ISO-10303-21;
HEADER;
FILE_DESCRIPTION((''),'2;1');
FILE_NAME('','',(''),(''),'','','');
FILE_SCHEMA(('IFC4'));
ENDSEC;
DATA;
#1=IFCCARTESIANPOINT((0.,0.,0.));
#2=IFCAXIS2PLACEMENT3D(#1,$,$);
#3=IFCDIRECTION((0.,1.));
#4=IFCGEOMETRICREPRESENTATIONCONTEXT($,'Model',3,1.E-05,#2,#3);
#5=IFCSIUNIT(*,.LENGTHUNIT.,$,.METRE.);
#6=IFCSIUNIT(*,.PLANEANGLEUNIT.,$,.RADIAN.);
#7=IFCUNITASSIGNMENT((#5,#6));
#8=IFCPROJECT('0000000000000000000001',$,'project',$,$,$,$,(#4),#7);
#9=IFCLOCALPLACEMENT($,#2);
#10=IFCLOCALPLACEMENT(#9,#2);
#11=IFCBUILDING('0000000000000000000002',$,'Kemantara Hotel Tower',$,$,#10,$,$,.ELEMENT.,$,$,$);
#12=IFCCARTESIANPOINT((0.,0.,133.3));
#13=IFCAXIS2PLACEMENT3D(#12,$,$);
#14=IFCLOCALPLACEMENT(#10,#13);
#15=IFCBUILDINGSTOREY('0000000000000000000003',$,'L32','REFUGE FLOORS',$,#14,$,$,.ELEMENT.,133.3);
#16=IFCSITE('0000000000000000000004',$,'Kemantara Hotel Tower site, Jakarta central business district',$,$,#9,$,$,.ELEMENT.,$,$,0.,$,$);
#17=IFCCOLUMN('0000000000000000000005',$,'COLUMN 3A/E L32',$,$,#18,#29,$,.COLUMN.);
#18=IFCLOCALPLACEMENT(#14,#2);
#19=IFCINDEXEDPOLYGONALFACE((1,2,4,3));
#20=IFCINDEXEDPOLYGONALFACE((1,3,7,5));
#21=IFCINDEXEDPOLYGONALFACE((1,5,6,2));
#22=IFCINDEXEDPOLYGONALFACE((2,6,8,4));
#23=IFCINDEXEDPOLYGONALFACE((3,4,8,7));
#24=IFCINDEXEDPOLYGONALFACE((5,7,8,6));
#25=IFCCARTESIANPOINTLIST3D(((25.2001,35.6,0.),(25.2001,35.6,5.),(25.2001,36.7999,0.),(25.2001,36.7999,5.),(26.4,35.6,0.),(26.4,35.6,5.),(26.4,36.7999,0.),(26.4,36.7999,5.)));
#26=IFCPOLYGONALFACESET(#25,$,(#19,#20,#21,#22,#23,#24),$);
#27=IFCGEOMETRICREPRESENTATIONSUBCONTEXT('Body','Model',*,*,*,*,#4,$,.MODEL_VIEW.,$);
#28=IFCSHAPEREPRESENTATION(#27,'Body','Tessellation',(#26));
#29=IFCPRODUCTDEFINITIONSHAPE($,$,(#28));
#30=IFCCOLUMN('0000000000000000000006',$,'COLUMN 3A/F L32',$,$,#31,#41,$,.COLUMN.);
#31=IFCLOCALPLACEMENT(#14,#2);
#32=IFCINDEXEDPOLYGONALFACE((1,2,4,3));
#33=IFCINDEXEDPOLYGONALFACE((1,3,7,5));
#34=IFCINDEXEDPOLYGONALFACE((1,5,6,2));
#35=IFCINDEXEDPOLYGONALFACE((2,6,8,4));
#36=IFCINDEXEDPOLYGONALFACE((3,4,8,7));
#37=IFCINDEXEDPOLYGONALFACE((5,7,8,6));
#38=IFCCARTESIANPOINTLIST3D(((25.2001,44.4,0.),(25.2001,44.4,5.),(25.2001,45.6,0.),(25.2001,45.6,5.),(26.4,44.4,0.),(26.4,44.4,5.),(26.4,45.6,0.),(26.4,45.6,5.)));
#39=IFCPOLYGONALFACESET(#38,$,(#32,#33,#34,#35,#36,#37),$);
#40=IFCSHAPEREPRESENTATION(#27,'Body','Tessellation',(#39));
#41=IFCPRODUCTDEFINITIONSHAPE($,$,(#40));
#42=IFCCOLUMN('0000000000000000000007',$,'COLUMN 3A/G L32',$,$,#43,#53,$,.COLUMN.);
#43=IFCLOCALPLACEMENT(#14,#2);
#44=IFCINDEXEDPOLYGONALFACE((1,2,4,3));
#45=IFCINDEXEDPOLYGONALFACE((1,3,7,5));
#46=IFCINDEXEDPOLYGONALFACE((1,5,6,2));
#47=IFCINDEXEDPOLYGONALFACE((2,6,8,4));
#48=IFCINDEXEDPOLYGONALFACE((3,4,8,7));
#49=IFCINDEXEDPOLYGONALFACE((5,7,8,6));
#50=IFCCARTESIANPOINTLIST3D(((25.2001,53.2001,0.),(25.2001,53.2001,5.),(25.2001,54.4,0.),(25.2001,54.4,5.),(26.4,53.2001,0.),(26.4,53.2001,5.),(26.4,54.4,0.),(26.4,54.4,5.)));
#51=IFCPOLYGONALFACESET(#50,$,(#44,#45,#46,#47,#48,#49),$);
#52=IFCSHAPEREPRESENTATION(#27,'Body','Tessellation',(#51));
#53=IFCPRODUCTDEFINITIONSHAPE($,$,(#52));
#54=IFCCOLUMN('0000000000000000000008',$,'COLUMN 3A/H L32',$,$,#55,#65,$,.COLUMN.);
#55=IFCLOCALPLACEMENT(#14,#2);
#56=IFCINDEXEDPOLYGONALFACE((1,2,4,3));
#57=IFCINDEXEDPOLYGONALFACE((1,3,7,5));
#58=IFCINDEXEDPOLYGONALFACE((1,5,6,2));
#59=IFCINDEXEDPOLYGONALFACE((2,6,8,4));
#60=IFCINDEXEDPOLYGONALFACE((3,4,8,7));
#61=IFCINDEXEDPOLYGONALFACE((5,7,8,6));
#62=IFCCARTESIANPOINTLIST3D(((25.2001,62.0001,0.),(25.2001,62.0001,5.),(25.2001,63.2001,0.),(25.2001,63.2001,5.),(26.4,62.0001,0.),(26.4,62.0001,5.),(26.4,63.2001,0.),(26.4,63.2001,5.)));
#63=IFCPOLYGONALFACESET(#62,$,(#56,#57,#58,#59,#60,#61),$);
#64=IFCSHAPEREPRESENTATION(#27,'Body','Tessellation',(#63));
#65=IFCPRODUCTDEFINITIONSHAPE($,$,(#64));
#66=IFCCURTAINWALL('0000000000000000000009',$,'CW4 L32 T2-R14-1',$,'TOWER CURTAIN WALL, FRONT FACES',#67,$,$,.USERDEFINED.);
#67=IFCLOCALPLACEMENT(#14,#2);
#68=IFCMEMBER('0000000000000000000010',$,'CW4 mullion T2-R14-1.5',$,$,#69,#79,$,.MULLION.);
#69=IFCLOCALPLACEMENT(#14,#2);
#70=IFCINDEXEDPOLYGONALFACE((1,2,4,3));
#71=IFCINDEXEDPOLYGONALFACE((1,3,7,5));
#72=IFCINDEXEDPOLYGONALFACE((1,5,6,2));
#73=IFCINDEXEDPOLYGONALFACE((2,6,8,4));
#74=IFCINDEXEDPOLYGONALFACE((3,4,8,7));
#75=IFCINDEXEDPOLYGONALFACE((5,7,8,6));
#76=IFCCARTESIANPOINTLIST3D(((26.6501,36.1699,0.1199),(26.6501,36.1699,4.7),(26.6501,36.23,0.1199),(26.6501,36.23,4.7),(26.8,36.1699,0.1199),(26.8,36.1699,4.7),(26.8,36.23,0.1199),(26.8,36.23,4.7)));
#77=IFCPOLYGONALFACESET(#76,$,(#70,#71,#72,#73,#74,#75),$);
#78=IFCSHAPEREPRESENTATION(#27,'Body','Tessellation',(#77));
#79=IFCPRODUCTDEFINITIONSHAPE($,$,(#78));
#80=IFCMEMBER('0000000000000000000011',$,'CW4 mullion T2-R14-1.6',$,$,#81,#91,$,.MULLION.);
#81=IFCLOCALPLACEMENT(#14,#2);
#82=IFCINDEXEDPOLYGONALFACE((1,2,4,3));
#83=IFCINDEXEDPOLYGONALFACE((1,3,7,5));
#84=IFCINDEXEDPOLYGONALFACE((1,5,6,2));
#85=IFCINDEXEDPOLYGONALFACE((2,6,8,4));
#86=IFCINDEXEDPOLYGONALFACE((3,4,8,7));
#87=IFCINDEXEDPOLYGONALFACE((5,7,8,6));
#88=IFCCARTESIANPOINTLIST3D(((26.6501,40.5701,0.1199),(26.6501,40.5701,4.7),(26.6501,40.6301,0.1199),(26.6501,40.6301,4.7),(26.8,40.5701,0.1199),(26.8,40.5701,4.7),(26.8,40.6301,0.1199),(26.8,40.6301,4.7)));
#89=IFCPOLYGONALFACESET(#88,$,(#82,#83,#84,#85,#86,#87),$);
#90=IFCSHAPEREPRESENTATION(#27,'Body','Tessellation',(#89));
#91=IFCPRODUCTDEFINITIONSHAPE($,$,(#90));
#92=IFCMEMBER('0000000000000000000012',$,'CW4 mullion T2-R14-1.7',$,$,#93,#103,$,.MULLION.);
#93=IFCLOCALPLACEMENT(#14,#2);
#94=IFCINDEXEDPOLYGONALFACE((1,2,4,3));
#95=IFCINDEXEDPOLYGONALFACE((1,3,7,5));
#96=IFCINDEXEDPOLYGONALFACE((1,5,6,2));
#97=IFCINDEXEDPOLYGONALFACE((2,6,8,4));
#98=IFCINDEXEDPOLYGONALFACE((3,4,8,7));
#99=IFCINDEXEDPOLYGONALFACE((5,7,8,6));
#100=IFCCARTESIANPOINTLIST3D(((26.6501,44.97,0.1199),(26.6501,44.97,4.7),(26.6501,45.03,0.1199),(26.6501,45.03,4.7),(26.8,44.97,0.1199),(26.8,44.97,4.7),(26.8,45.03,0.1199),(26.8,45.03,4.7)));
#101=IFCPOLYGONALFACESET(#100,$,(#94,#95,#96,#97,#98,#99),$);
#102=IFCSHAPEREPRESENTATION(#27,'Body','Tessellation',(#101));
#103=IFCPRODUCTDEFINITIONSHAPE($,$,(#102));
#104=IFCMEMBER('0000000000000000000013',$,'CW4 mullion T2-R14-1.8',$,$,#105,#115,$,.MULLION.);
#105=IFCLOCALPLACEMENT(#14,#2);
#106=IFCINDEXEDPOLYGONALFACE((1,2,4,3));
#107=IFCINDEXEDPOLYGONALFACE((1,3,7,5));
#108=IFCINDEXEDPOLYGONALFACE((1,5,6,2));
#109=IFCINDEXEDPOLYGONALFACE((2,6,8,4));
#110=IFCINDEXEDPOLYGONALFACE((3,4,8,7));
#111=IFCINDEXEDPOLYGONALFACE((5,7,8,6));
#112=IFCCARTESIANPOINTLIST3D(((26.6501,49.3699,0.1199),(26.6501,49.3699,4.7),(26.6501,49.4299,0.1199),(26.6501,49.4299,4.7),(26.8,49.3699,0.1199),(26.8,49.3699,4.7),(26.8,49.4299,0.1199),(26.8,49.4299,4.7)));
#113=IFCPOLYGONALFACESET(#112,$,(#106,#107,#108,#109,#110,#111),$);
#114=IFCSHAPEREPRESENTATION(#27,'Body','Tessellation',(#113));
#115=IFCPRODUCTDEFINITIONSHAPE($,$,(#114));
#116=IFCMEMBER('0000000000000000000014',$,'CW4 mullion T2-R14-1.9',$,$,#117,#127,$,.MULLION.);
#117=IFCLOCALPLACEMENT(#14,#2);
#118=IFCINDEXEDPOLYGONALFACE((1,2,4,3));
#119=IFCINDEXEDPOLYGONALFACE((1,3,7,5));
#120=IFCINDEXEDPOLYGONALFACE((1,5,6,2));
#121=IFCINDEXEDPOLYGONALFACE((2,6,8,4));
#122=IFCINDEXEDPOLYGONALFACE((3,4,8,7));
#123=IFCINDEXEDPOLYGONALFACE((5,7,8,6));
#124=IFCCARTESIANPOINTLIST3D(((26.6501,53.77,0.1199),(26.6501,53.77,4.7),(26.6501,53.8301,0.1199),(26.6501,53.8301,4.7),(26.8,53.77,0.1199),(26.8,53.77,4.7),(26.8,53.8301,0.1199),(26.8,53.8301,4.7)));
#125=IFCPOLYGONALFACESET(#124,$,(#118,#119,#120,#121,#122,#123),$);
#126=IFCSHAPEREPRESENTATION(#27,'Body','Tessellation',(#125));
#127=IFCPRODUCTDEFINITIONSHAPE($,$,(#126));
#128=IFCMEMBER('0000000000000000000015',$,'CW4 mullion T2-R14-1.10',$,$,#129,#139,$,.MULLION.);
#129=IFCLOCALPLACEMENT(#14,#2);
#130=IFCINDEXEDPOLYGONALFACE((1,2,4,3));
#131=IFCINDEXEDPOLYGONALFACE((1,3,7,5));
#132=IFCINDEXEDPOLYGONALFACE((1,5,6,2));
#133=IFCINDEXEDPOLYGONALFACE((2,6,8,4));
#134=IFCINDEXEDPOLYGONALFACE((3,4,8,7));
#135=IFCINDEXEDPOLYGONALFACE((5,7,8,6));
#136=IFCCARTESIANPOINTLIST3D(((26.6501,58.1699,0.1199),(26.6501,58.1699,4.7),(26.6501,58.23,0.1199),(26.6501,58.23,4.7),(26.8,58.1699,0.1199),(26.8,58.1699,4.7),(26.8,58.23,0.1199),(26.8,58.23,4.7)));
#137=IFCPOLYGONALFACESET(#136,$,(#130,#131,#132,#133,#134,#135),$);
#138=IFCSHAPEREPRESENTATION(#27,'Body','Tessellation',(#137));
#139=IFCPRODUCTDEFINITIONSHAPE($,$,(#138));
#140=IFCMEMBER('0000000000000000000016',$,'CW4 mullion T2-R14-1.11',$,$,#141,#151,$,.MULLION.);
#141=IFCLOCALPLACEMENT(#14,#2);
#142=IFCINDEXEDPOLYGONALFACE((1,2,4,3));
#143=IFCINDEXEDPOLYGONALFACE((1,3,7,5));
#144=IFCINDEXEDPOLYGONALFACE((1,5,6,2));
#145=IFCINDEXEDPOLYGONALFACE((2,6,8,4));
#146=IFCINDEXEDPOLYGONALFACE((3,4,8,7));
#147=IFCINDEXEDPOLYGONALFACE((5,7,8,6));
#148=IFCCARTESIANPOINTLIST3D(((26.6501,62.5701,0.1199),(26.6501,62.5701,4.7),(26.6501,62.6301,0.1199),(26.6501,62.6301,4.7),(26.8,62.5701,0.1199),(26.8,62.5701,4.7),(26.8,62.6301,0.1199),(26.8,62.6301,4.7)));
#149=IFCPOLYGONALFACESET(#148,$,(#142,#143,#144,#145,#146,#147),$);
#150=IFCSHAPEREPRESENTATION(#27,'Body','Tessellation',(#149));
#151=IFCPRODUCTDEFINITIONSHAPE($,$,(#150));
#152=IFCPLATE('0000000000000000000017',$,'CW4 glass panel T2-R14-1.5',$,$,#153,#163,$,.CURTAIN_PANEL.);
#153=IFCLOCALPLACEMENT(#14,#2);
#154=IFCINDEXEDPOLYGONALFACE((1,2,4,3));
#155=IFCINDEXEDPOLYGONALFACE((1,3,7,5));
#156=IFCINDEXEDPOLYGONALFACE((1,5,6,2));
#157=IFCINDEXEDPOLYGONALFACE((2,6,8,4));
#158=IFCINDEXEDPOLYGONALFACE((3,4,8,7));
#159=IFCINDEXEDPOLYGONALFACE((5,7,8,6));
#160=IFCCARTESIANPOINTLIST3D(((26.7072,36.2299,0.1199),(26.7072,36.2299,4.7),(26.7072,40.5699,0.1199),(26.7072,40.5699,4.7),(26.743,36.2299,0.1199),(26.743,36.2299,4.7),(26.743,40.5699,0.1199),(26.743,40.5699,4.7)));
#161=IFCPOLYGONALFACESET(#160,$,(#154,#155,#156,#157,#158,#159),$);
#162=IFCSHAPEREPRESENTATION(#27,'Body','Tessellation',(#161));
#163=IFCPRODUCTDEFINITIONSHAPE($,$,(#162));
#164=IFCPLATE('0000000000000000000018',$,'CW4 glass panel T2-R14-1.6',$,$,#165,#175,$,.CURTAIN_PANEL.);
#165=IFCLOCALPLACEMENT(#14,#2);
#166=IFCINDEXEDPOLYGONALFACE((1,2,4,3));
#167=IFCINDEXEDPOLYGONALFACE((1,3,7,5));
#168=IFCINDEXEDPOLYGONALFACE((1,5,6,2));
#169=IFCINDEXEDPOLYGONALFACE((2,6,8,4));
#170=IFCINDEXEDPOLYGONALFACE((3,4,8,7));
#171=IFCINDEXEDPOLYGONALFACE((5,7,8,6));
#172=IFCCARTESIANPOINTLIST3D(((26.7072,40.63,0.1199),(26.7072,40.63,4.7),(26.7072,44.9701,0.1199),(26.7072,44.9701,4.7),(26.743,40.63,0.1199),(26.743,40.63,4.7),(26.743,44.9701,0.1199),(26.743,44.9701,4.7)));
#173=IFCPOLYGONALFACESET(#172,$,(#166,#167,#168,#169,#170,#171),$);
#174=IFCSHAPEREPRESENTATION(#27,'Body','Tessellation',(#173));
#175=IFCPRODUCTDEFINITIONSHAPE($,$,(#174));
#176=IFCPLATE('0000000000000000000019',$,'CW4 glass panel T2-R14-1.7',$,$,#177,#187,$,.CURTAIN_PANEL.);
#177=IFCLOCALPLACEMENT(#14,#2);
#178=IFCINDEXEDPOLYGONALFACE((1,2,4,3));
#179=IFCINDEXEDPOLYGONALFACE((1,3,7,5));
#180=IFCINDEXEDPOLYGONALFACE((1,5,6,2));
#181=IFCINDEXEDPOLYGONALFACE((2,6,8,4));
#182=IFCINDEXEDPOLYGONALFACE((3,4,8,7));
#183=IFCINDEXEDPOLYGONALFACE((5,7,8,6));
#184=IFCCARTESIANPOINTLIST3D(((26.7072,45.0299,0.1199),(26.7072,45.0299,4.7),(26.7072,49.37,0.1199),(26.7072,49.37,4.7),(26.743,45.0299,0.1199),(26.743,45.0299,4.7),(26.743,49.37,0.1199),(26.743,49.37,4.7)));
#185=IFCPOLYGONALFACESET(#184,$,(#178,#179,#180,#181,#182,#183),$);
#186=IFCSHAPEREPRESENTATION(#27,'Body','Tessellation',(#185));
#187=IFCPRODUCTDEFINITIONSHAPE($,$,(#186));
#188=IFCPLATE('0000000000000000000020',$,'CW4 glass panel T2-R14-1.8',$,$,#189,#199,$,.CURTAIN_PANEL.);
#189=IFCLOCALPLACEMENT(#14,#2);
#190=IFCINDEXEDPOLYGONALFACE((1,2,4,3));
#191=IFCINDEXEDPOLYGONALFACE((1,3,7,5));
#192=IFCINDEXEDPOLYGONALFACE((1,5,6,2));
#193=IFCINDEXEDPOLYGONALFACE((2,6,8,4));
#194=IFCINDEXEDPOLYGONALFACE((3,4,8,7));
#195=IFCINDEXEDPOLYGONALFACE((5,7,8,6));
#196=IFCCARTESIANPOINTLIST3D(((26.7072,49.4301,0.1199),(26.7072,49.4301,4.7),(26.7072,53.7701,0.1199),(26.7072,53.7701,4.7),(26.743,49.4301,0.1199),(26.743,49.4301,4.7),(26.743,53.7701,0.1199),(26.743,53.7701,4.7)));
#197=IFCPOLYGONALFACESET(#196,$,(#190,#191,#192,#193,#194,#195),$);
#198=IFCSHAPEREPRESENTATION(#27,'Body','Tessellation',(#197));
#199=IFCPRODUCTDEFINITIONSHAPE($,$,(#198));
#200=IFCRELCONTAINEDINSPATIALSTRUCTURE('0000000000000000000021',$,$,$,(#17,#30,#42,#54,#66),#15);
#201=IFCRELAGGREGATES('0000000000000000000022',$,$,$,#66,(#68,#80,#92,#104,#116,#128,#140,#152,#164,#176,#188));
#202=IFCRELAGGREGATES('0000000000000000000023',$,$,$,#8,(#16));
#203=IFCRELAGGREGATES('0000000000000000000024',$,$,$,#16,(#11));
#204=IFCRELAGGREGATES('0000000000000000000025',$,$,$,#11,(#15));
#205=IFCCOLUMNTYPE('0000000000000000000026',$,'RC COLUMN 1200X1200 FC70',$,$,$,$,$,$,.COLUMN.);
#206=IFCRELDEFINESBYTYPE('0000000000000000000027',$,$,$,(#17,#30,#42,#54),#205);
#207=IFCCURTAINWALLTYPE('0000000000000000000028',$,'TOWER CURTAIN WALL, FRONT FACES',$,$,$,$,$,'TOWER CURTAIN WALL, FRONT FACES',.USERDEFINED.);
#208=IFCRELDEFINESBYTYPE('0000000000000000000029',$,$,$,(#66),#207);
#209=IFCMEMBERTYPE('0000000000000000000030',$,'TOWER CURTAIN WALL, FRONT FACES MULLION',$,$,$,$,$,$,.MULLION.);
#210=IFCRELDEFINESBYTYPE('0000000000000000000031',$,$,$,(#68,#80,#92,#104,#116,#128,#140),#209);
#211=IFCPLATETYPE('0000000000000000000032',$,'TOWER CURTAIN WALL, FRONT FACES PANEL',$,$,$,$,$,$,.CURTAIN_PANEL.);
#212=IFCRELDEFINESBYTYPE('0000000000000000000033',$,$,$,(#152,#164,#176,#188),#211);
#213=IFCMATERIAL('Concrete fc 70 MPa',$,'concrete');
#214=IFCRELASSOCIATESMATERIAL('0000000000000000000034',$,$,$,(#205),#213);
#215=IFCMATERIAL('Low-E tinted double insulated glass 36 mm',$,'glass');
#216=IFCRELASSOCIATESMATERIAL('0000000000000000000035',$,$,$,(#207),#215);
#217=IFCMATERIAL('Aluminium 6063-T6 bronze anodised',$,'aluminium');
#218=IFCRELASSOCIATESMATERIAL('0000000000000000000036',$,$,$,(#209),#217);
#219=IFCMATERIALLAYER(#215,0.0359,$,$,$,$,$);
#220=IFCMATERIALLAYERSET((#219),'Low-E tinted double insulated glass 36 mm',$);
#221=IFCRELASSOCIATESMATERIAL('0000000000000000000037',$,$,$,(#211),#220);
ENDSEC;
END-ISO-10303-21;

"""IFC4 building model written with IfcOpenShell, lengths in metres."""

from ifc_helpers import new_model, si_unit, direction, frame, origin, origin_2d, place, context, subcontext, project, spatial, rectangle, extrude, source, transform, mapped, material, layer, layer_set, material_profile, profile_set, type_object, element, aggregate, save


model = new_model("IFC4")

# Units and contexts
model_context = context("Model", 3, precision=1e-05, world=origin(), true_north=direction((0.0, 1.0)))
body_context = subcontext(model_context, "Body", "Model", "MODEL_VIEW")
ifc_project = project(units=[si_unit("LENGTHUNIT", "METRE"), si_unit("PLANEANGLEUNIT", "RADIAN")], contexts=[model_context])

# Site, building, storey
site_placement = place(None, origin())
site = spatial("IfcSite", under=ifc_project, at=site_placement, Name="Kemantara Hotel Tower site, Jakarta central business district", CompositionType="ELEMENT", RefElevation=0.0)
building_placement = place(site_placement, origin())
building = spatial("IfcBuilding", under=site, at=building_placement, Name="Kemantara Hotel Tower", CompositionType="ELEMENT")
storey_placement = place(building_placement, frame((0.0, 0.0, 133.3)))
storey = spatial("IfcBuildingStorey", under=building, at=storey_placement, Name="L32", Description="REFUGE FLOORS", CompositionType="ELEMENT", Elevation=133.3)

# Columns
ifc_material_1 = material(Name="Concrete fc 70 MPa", Category="concrete")
ifc_material_profile_1 = material_profile(ifc_material_1, rectangle(XDim=1.2, YDim=1.2, at=origin_2d()), Name="RC 1200X1200")
ifc_profile_set_1 = profile_set([ifc_material_profile_1], Name="Concrete fc 70 MPa")
column_type = type_object("IfcColumnType", Name="RC COLUMN 1200X1200 FC70", PredefinedType="COLUMN", material=ifc_profile_set_1)
for number, where, z_axis, x_axis, name in (
    (1, (25.8, 36.2, 0.0), (0.0, 0.0, 1.0), (1.0, 0.0, 0.0), "COLUMN 3A/E L32"),
    (2, (25.8, 45.0, 0.0), (0.0, 0.0, 1.0), (1.0, 0.0, 0.0), "COLUMN 3A/F L32"),
    (3, (25.8, 53.8, 0.0), (0.0, 0.0, 1.0), (1.0, 0.0, 0.0), "COLUMN 3A/G L32"),
    (4, (25.8, 62.6001, 0.0), (0.0, 0.0, 1.0), (1.0, 0.0, 0.0), "COLUMN 3A/H L32"),
):
    element("IfcColumn", number, at=place(storey_placement, frame(where, z_axis=z_axis, x_axis=x_axis)), inside=storey, type_object=column_type, Name=name, PredefinedType="COLUMN", context=body_context, shape_type="SweptSolid", body=[
        extrude(rectangle(XDim=1.2, YDim=1.2, at=origin_2d()), origin(), (0.0, 0.0, 1.0), 5.0),
    ])

# Curtain wall, members, plates
ifc_material_2 = material(Name="Low-E tinted double insulated glass 36 mm", Category="glass")
curtain_wall_type = type_object("IfcCurtainWallType", Name="TOWER CURTAIN WALL, FRONT FACES", ElementType="TOWER CURTAIN WALL, FRONT FACES", PredefinedType="USERDEFINED", material=ifc_material_2)
curtain_wall_placement = place(storey_placement, origin())
curtain_wall = element("IfcCurtainWall", 5, at=curtain_wall_placement, inside=storey, type_object=curtain_wall_type, Name="CW4 L32 T2-R14-1", ObjectType="TOWER CURTAIN WALL, FRONT FACES", PredefinedType="USERDEFINED")
ifc_material_3 = material(Name="Aluminium 6063-T6 bronze anodised", Category="aluminium")
ifc_material_profile_2 = material_profile(ifc_material_3, rectangle(XDim=0.1499, YDim=0.0601, at=origin_2d()), Name="TOWER CURTAIN WALL, FRONT FACES MULLION")
ifc_profile_set_2 = profile_set([ifc_material_profile_2], Name="Aluminium 6063-T6 bronze anodised")
member_type = type_object("IfcMemberType", Name="TOWER CURTAIN WALL, FRONT FACES MULLION", PredefinedType="MULLION", material=ifc_profile_set_2)
shared_shape_1 = source(origin(), body_context, "Body", "SweptSolid", [
    extrude(rectangle(XDim=0.1499, YDim=0.0601, at=origin_2d()), origin(), (0.0, 0.0, 1.0), 4.5801),
])
member_1_placement = place(storey_placement, frame((26.7251, 36.2, 0.1199), z_axis=(0.0, 0.0, 1.0), x_axis=(-1.0, 0.0, 0.0)))
member_1 = element("IfcMember", 6, at=member_1_placement, type_object=member_type, Name="CW4 mullion T2-R14-1.5", PredefinedType="MULLION", context=body_context, shape_type="MappedRepresentation", body=[
    mapped(shared_shape_1, transform((0.0, 0.0, 0.0))),
])
member_2_placement = place(storey_placement, frame((26.7251, 40.6001, 0.1199), z_axis=(0.0, 0.0, 1.0), x_axis=(-1.0, 0.0, 0.0)))
member_2 = element("IfcMember", 7, at=member_2_placement, type_object=member_type, Name="CW4 mullion T2-R14-1.6", PredefinedType="MULLION", context=body_context, shape_type="MappedRepresentation", body=[
    mapped(shared_shape_1, transform((0.0, 0.0, 0.0))),
])
member_3_placement = place(storey_placement, frame((26.7251, 45.0, 0.1199), z_axis=(0.0, 0.0, 1.0), x_axis=(-1.0, 0.0, 0.0)))
member_3 = element("IfcMember", 8, at=member_3_placement, type_object=member_type, Name="CW4 mullion T2-R14-1.7", PredefinedType="MULLION", context=body_context, shape_type="MappedRepresentation", body=[
    mapped(shared_shape_1, transform((0.0, 0.0, 0.0))),
])
member_4_placement = place(storey_placement, frame((26.7251, 49.3999, 0.1199), z_axis=(0.0, 0.0, 1.0), x_axis=(-1.0, 0.0, 0.0)))
member_4 = element("IfcMember", 9, at=member_4_placement, type_object=member_type, Name="CW4 mullion T2-R14-1.8", PredefinedType="MULLION", context=body_context, shape_type="MappedRepresentation", body=[
    mapped(shared_shape_1, transform((0.0, 0.0, 0.0))),
])
member_5_placement = place(storey_placement, frame((26.7251, 53.8, 0.1199), z_axis=(0.0, 0.0, 1.0), x_axis=(-1.0, 0.0, 0.0)))
member_5 = element("IfcMember", 10, at=member_5_placement, type_object=member_type, Name="CW4 mullion T2-R14-1.9", PredefinedType="MULLION", context=body_context, shape_type="MappedRepresentation", body=[
    mapped(shared_shape_1, transform((0.0, 0.0, 0.0))),
])
member_6_placement = place(storey_placement, frame((26.7251, 58.2, 0.1199), z_axis=(0.0, 0.0, 1.0), x_axis=(-1.0, 0.0, 0.0)))
member_6 = element("IfcMember", 11, at=member_6_placement, type_object=member_type, Name="CW4 mullion T2-R14-1.10", PredefinedType="MULLION", context=body_context, shape_type="MappedRepresentation", body=[
    mapped(shared_shape_1, transform((0.0, 0.0, 0.0))),
])
member_7_placement = place(storey_placement, frame((26.7251, 62.6001, 0.1199), z_axis=(0.0, 0.0, 1.0), x_axis=(-1.0, 0.0, 0.0)))
member_7 = element("IfcMember", 12, at=member_7_placement, type_object=member_type, Name="CW4 mullion T2-R14-1.11", PredefinedType="MULLION", context=body_context, shape_type="MappedRepresentation", body=[
    mapped(shared_shape_1, transform((0.0, 0.0, 0.0))),
])
ifc_layer_1 = layer(ifc_material_2, 0.0359)
ifc_layer_set_1 = layer_set([ifc_layer_1], Name="Low-E tinted double insulated glass 36 mm")
plate_type = type_object("IfcPlateType", Name="TOWER CURTAIN WALL, FRONT FACES PANEL", PredefinedType="CURTAIN_PANEL", material=ifc_layer_set_1)
shared_shape_2 = source(origin(), body_context, "Body", "SweptSolid", [
    extrude(rectangle(XDim=4.3401, YDim=0.0359, at=origin_2d()), origin(), (0.0, 0.0, 1.0), 4.5801),
])
plate_1_placement = place(storey_placement, frame((26.7251, 38.3999, 0.1199), z_axis=(0.0, 0.0, 1.0), x_axis=(0.0, 1.0, 0.0)))
plate_1 = element("IfcPlate", 13, at=plate_1_placement, type_object=plate_type, Name="CW4 glass panel T2-R14-1.5", PredefinedType="CURTAIN_PANEL", context=body_context, shape_type="MappedRepresentation", body=[
    mapped(shared_shape_2, transform((0.0, 0.0, 0.0))),
])
plate_2_placement = place(storey_placement, frame((26.7251, 42.8, 0.1199), z_axis=(0.0, 0.0, 1.0), x_axis=(0.0, 1.0, 0.0)))
plate_2 = element("IfcPlate", 14, at=plate_2_placement, type_object=plate_type, Name="CW4 glass panel T2-R14-1.6", PredefinedType="CURTAIN_PANEL", context=body_context, shape_type="MappedRepresentation", body=[
    mapped(shared_shape_2, transform((0.0, 0.0, 0.0))),
])
plate_3_placement = place(storey_placement, frame((26.7251, 47.2, 0.1199), z_axis=(0.0, 0.0, 1.0), x_axis=(0.0, 1.0, 0.0)))
plate_3 = element("IfcPlate", 15, at=plate_3_placement, type_object=plate_type, Name="CW4 glass panel T2-R14-1.7", PredefinedType="CURTAIN_PANEL", context=body_context, shape_type="MappedRepresentation", body=[
    mapped(shared_shape_2, transform((0.0, 0.0, 0.0))),
])
plate_4_placement = place(storey_placement, frame((26.7251, 51.6001, 0.1199), z_axis=(0.0, 0.0, 1.0), x_axis=(0.0, 1.0, 0.0)))
plate_4 = element("IfcPlate", 16, at=plate_4_placement, type_object=plate_type, Name="CW4 glass panel T2-R14-1.8", PredefinedType="CURTAIN_PANEL", context=body_context, shape_type="MappedRepresentation", body=[
    mapped(shared_shape_2, transform((0.0, 0.0, 0.0))),
])
aggregate(curtain_wall, [member_1, member_2, member_3, member_4, member_5, member_6, member_7, plate_1, plate_2, plate_3, plate_4])

save(model, "model.ifc")
